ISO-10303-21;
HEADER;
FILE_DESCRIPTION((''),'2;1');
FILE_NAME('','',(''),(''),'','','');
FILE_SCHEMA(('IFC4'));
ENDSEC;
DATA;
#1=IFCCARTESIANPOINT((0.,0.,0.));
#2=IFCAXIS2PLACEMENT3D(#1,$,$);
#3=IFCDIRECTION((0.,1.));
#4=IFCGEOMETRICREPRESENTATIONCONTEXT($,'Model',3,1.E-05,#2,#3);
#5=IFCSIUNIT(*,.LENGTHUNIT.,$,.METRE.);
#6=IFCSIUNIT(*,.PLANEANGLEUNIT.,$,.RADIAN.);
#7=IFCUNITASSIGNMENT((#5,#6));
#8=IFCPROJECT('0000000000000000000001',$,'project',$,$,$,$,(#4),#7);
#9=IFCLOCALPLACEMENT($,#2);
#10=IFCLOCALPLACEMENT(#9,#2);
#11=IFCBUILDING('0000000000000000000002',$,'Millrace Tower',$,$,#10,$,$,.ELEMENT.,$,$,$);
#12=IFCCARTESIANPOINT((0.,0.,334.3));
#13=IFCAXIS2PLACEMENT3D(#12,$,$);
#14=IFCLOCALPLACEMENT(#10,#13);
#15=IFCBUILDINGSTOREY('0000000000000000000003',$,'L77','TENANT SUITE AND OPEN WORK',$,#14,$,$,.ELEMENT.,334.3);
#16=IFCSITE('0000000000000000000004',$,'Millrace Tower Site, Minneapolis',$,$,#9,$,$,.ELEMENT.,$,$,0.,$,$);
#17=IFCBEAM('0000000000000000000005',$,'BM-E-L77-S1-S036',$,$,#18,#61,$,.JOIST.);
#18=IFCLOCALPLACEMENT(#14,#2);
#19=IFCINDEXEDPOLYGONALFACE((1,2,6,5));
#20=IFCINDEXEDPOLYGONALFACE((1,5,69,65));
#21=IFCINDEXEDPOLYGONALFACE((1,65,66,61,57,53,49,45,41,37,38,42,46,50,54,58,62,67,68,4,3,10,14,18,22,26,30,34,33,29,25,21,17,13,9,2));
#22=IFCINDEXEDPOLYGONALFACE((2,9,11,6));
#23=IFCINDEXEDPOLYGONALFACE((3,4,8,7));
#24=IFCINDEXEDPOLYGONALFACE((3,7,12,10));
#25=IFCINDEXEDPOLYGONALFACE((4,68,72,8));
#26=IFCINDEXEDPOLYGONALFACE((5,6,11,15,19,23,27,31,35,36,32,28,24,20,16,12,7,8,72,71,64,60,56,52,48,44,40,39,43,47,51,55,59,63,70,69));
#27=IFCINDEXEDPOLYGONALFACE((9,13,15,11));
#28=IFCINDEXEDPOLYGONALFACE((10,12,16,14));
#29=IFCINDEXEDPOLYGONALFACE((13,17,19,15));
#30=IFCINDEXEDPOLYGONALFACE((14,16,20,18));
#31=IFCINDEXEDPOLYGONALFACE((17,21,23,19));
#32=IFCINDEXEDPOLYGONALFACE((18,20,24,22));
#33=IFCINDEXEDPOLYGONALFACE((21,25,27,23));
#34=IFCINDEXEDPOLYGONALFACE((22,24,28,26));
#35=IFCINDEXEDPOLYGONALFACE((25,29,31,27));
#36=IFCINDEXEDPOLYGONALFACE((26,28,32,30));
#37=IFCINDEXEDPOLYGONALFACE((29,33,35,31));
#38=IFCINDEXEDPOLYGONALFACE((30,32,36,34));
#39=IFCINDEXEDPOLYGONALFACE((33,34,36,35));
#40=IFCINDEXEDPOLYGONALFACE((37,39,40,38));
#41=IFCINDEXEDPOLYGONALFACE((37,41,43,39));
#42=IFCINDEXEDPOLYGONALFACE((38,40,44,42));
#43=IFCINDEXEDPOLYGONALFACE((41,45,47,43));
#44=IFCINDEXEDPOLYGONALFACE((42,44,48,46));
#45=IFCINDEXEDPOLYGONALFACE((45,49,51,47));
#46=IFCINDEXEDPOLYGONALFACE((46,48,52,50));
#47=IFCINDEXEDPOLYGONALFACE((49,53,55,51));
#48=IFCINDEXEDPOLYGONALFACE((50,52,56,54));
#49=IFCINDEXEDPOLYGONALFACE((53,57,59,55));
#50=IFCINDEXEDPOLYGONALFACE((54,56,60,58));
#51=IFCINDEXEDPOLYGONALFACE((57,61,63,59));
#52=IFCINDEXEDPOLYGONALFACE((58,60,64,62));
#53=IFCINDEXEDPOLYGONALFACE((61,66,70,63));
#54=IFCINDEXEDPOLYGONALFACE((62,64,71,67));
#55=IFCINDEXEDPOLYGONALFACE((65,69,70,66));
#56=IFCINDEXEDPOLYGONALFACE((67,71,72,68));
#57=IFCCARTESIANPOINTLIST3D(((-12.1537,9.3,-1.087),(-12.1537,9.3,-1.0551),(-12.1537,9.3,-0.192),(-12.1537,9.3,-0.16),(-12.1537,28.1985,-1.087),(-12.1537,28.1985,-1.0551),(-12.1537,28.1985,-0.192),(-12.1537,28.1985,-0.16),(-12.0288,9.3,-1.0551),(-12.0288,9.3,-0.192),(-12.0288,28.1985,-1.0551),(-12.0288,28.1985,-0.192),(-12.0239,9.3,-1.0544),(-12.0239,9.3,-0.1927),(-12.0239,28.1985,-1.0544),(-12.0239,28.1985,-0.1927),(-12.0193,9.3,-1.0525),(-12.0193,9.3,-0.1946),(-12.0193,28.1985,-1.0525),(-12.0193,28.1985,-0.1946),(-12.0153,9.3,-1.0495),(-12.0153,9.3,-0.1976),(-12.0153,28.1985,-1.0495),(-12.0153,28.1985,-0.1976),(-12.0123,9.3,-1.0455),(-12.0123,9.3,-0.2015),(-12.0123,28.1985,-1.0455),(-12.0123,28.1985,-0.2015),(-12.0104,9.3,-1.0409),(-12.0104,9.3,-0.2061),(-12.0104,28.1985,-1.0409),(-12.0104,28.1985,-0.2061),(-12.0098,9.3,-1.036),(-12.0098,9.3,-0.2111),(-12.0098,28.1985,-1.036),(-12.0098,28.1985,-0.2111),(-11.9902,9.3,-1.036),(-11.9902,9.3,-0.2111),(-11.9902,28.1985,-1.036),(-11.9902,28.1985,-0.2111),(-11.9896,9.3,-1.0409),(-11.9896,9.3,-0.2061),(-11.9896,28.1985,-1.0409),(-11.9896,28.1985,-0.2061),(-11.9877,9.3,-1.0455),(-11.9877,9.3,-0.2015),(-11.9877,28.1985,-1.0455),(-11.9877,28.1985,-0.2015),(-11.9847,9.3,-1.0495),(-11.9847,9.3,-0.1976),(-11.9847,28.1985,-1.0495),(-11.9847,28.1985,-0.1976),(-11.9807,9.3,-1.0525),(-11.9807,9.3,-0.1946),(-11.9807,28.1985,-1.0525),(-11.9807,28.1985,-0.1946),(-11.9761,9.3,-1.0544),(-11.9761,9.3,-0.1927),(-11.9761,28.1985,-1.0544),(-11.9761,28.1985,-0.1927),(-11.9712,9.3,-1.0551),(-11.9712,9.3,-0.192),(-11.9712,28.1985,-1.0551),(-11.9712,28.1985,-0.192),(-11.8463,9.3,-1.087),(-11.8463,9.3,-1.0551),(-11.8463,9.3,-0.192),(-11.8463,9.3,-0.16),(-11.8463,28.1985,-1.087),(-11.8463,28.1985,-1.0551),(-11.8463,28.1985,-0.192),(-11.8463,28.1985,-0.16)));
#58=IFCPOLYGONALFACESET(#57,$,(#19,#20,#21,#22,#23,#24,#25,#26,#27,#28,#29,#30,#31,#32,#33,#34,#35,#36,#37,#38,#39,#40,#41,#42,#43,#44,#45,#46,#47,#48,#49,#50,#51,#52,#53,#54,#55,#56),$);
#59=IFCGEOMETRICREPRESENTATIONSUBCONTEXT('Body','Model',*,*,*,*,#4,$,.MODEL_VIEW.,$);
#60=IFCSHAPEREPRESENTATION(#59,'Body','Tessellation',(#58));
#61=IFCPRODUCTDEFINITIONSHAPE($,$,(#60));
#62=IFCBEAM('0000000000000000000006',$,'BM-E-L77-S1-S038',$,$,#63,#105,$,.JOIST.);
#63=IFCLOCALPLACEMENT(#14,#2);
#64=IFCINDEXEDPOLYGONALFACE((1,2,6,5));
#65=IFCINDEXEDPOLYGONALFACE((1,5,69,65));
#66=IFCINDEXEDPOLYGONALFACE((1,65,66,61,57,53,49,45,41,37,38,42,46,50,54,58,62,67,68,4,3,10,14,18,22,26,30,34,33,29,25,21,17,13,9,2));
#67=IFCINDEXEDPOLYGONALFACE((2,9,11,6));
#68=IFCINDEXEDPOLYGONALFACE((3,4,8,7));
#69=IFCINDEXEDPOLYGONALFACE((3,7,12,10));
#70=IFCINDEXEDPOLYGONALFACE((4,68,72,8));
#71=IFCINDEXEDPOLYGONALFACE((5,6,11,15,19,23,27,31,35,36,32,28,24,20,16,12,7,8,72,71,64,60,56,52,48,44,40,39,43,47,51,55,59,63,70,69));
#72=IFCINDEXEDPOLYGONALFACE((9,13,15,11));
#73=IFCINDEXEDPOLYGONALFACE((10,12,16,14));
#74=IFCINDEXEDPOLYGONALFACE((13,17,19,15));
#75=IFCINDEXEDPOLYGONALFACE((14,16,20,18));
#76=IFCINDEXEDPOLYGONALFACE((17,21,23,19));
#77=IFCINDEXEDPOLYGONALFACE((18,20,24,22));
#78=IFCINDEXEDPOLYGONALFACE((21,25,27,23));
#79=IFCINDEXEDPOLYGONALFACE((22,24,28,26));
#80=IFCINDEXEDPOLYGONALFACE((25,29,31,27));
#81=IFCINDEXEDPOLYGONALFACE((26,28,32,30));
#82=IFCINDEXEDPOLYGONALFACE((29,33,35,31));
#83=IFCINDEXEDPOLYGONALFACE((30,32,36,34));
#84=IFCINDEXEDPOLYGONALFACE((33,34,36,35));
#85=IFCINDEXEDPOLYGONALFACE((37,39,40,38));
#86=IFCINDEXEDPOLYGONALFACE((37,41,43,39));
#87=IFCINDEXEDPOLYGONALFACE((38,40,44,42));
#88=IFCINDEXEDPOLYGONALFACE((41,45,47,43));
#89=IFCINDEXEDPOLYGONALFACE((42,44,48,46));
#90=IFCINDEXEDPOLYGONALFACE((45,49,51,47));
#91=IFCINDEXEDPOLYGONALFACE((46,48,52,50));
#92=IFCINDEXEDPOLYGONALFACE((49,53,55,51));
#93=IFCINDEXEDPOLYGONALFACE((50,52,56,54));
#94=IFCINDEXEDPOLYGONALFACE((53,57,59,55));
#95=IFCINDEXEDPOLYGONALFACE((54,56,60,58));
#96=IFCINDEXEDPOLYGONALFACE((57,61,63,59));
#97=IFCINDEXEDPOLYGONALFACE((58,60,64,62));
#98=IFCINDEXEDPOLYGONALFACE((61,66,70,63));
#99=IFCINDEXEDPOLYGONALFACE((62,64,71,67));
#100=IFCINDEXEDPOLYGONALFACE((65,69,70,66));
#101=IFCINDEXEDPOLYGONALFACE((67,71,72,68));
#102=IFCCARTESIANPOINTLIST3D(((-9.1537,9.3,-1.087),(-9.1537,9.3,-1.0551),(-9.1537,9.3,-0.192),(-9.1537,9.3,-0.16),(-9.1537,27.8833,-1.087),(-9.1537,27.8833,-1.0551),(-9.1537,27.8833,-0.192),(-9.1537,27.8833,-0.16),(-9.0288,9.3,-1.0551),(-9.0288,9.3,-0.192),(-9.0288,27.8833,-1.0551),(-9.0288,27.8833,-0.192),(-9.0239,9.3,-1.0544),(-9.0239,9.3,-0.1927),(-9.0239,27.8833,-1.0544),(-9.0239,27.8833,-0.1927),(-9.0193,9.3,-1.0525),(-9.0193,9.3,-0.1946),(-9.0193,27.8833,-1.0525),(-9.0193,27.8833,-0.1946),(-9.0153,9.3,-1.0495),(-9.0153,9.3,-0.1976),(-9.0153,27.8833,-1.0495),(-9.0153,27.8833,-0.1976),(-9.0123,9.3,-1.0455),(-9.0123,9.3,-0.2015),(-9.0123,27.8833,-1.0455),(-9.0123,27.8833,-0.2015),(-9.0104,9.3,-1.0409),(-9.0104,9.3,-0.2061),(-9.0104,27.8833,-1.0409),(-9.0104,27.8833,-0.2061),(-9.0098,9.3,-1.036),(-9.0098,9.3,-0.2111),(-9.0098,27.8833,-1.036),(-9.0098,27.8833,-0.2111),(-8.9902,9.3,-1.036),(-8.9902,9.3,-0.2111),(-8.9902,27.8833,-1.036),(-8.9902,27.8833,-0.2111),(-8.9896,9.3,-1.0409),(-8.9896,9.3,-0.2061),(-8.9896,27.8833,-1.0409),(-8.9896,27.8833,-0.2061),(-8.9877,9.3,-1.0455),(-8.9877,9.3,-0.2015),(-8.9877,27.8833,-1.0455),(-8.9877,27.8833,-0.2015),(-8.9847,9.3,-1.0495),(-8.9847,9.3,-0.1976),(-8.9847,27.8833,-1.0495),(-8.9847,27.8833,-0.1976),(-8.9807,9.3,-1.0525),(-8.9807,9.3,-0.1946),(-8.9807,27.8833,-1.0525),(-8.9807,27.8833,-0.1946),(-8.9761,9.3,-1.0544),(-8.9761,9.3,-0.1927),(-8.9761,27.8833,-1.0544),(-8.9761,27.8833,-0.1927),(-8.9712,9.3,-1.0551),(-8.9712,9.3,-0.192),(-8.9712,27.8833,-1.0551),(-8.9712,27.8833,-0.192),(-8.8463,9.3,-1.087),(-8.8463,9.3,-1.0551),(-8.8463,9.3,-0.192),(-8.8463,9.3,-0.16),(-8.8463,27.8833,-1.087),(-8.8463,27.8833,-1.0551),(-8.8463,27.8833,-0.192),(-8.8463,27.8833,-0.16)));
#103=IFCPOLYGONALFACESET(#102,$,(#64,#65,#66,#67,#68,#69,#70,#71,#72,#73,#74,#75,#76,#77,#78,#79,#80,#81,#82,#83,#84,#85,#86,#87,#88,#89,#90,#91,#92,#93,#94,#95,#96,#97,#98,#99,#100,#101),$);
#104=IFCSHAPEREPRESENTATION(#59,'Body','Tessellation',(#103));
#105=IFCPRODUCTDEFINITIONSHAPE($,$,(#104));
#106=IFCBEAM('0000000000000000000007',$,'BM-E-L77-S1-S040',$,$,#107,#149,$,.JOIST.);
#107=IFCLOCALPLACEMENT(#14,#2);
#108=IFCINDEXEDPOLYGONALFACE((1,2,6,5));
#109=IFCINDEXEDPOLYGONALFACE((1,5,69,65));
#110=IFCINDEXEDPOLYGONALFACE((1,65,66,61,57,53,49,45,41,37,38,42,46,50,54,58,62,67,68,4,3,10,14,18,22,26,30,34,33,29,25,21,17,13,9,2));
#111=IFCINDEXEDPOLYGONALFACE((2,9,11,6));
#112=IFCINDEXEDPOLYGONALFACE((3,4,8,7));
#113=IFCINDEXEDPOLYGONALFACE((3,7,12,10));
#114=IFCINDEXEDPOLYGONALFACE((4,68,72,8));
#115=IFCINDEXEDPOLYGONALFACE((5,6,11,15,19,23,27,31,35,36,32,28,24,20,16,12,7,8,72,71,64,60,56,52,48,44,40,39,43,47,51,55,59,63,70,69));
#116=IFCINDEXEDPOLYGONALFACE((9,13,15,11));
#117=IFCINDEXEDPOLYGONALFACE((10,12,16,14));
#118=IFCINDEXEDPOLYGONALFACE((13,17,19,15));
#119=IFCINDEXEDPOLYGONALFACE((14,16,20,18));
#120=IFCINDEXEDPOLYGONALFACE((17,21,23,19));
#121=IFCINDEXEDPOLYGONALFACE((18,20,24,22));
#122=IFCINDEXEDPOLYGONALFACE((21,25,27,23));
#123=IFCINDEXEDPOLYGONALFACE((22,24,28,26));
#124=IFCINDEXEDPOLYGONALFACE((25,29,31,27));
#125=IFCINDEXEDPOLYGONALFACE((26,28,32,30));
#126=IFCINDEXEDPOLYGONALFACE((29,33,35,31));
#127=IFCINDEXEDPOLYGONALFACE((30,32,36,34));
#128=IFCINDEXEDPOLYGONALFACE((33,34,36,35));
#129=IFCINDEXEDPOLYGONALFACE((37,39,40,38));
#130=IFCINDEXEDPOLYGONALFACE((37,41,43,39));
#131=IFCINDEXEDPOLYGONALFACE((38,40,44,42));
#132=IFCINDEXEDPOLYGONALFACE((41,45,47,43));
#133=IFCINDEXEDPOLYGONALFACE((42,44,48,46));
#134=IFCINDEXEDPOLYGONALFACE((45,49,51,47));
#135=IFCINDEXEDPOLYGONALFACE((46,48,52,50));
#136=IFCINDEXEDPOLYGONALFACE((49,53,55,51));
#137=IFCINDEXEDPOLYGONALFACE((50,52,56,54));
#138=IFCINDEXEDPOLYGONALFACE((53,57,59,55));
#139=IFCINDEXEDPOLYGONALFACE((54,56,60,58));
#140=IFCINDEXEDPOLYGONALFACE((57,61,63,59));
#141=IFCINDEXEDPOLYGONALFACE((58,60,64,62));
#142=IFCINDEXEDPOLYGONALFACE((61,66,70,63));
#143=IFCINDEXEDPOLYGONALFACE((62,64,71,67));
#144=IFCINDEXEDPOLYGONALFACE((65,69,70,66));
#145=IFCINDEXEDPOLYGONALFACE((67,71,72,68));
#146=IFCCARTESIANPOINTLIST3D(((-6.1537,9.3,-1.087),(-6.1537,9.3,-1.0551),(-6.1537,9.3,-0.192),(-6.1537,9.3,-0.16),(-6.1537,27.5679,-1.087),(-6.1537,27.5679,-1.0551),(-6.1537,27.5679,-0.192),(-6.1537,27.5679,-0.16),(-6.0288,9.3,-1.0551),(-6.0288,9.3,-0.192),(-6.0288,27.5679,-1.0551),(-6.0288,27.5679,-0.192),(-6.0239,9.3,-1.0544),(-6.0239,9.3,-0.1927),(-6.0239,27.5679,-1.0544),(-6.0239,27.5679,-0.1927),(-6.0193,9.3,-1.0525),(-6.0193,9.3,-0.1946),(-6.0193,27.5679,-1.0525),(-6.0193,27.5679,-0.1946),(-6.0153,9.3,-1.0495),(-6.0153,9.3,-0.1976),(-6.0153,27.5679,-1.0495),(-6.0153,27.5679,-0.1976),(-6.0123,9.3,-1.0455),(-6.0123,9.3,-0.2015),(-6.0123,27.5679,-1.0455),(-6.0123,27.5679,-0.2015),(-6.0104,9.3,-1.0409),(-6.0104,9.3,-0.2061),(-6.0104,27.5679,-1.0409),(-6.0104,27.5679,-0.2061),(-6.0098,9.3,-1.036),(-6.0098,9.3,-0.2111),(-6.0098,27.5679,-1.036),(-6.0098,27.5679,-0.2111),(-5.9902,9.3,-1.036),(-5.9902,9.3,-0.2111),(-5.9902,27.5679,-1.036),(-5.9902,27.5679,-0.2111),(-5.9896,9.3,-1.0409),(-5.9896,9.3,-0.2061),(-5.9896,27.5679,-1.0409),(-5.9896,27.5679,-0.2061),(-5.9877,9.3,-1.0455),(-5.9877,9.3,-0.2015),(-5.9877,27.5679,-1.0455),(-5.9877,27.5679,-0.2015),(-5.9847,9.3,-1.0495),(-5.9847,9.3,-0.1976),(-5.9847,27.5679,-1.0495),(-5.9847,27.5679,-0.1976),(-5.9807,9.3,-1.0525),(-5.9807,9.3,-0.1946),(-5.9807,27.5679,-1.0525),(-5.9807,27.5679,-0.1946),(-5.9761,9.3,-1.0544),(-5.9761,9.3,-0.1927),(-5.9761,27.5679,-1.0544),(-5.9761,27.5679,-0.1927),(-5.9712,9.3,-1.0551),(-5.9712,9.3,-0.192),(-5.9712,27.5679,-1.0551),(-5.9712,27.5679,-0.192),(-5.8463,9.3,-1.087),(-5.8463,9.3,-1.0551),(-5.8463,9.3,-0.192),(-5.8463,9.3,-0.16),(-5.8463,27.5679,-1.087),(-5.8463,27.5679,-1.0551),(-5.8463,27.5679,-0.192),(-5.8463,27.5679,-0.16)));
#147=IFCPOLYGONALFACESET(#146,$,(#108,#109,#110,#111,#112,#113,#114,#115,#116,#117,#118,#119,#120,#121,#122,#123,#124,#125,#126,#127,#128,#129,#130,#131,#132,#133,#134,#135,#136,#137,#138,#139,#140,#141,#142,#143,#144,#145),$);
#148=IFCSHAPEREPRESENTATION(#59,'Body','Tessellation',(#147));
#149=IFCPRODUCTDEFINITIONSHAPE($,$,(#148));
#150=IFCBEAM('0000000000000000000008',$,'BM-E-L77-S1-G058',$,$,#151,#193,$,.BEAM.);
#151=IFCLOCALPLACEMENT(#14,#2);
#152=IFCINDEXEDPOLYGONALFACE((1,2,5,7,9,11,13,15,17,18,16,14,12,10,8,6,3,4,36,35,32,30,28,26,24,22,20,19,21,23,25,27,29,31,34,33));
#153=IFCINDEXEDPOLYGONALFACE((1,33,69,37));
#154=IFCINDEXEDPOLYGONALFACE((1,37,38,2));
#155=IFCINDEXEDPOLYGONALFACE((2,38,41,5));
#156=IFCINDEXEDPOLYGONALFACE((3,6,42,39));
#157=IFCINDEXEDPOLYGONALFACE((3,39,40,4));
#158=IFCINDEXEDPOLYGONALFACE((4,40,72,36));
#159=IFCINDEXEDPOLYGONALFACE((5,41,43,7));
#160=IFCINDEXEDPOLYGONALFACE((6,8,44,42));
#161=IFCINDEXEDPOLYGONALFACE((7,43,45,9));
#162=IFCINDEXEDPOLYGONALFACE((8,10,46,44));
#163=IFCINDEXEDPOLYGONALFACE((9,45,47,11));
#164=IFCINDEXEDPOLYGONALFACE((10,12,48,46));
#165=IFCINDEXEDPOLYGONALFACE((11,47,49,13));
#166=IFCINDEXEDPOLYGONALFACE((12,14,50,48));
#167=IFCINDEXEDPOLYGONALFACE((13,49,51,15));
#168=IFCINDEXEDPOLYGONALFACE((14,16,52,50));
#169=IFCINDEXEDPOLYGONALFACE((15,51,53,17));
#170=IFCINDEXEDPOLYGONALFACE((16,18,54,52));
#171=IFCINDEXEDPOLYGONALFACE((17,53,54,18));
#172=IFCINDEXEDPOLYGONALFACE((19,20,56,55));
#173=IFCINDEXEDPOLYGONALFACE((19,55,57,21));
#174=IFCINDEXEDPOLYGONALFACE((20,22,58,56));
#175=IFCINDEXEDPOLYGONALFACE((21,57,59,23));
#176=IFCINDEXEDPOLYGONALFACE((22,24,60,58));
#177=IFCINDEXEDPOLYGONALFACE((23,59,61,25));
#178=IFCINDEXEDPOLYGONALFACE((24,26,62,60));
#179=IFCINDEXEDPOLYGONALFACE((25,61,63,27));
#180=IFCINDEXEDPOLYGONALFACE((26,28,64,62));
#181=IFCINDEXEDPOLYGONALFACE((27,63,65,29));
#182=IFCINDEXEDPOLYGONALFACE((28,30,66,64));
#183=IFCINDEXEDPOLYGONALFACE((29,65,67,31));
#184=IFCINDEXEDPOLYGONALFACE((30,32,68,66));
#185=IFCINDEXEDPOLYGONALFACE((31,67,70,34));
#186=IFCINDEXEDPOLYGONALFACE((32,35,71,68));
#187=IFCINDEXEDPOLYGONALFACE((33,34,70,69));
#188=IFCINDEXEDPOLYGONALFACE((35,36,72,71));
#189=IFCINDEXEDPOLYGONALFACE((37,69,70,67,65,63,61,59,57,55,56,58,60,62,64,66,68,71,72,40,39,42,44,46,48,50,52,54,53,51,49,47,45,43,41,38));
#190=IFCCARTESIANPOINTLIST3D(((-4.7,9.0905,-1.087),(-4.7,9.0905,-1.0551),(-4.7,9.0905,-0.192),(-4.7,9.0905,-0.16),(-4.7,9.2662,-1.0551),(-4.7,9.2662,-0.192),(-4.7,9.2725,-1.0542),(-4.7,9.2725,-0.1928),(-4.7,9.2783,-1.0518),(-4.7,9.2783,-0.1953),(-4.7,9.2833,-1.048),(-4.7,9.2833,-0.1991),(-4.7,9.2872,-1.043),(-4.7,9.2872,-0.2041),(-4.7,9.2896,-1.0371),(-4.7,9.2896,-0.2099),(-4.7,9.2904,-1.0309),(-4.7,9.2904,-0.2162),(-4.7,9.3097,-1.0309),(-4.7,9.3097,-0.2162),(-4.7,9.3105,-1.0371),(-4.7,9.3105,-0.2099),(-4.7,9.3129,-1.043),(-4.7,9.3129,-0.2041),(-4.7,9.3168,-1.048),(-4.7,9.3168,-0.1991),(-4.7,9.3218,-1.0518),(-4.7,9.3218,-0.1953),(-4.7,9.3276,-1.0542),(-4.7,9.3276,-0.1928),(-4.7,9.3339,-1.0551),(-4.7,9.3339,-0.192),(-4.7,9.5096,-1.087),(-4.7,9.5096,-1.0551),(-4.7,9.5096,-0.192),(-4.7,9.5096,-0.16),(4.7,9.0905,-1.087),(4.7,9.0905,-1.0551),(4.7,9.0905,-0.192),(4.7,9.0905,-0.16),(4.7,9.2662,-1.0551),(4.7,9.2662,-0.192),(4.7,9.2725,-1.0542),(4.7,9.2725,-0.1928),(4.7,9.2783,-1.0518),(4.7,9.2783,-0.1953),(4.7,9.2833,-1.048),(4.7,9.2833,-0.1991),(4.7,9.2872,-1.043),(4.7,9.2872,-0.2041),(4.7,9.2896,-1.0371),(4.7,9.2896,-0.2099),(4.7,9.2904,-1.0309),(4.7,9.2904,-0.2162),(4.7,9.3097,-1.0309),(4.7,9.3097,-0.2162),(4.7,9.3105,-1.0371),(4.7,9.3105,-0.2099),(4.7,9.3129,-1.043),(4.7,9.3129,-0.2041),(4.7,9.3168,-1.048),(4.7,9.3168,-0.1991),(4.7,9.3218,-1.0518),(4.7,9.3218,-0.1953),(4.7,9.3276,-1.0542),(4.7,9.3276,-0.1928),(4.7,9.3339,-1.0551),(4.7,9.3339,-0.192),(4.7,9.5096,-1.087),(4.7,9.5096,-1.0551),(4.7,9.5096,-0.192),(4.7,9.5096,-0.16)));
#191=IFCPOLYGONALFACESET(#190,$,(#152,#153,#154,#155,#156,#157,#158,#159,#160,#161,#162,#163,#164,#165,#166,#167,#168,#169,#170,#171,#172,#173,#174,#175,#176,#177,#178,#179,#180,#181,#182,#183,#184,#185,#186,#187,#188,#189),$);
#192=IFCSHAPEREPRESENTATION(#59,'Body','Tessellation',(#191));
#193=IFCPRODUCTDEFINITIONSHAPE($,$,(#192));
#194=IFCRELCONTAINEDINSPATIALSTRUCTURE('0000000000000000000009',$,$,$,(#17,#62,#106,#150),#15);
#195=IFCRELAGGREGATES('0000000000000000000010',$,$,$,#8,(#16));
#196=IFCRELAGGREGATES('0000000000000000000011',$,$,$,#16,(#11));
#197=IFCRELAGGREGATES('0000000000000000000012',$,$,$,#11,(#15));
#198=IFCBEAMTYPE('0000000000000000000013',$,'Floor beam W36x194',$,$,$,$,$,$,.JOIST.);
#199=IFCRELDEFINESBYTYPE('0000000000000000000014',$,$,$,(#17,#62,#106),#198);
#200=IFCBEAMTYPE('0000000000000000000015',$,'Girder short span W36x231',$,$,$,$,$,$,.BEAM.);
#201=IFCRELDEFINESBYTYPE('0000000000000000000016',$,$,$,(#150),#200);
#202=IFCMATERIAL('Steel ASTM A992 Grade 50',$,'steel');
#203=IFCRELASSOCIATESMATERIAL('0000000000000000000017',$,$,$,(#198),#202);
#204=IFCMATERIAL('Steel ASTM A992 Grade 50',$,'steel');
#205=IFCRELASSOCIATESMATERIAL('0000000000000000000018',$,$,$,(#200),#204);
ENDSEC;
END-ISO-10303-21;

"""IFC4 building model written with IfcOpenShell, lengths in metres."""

from ifc_helpers import new_model, si_unit, direction, frame, origin, origin_2d, place, context, subcontext, project, spatial, i_section, extrude, material, material_profile, profile_set, type_object, element, save


model = new_model("IFC4")

# Units and contexts
model_context = context("Model", 3, precision=1e-05, world=origin(), true_north=direction((0.0, 1.0)))
body_context = subcontext(model_context, "Body", "Model", "MODEL_VIEW")
ifc_project = project(units=[si_unit("LENGTHUNIT", "METRE"), si_unit("PLANEANGLEUNIT", "RADIAN")], contexts=[model_context])

# Site, building, storey
site_placement = place(None, origin())
site = spatial("IfcSite", under=ifc_project, at=site_placement, Name="Millrace Tower Site, Minneapolis", CompositionType="ELEMENT", RefElevation=0.0)
building_placement = place(site_placement, origin())
building = spatial("IfcBuilding", under=site, at=building_placement, Name="Millrace Tower", CompositionType="ELEMENT")
storey_placement = place(building_placement, frame((0.0, 0.0, 334.3)))
storey = spatial("IfcBuildingStorey", under=building, at=storey_placement, Name="L77", Description="TENANT SUITE AND OPEN WORK", CompositionType="ELEMENT", Elevation=334.3)

# Beams
ifc_material_1 = material(Name="Steel ASTM A992 Grade 50", Category="steel")
ifc_material_profile_1 = material_profile(ifc_material_1, i_section(OverallWidth=0.3074, OverallDepth=0.927, WebThickness=0.0195, FlangeThickness=0.032, FilletRadius=0.019, at=origin_2d()))
ifc_profile_set_1 = profile_set([ifc_material_profile_1], Name="Steel ASTM A992 Grade 50")
beam_type_1 = type_object("IfcBeamType", Name="Floor beam W36x194", PredefinedType="JOIST", material=ifc_profile_set_1)
beam_1_placement = place(storey_placement, frame((-12.0, 9.3, -0.6235), z_axis=(0.0, 1.0, 0.0), x_axis=(-1.0, 0.0, 0.0)))
element("IfcBeam", 1, at=beam_1_placement, inside=storey, type_object=beam_type_1, Name="BM-E-L77-S1-S036", PredefinedType="JOIST", context=body_context, shape_type="SweptSolid", body=[
    extrude(i_section(OverallWidth=0.3074, OverallDepth=0.927, WebThickness=0.0195, FlangeThickness=0.032, FilletRadius=0.019, at=origin_2d()), origin(), (0.0, 0.0, 1.0), 18.8984),
])
beam_2_placement = place(storey_placement, frame((-9.0, 9.3, -0.6235), z_axis=(0.0, 1.0, 0.0), x_axis=(-1.0, 0.0, 0.0)))
element("IfcBeam", 2, at=beam_2_placement, inside=storey, type_object=beam_type_1, Name="BM-E-L77-S1-S038", PredefinedType="JOIST", context=body_context, shape_type="SweptSolid", body=[
    extrude(i_section(OverallWidth=0.3074, OverallDepth=0.927, WebThickness=0.0195, FlangeThickness=0.032, FilletRadius=0.019, at=origin_2d()), origin(), (0.0, 0.0, 1.0), 18.5833),
])
beam_3_placement = place(storey_placement, frame((-6.0, 9.3, -0.6235), z_axis=(0.0, 1.0, 0.0), x_axis=(-1.0, 0.0, 0.0)))
element("IfcBeam", 3, at=beam_3_placement, inside=storey, type_object=beam_type_1, Name="BM-E-L77-S1-S040", PredefinedType="JOIST", context=body_context, shape_type="SweptSolid", body=[
    extrude(i_section(OverallWidth=0.3074, OverallDepth=0.927, WebThickness=0.0195, FlangeThickness=0.032, FilletRadius=0.019, at=origin_2d()), origin(), (0.0, 0.0, 1.0), 18.2678),
])
ifc_material_2 = material(Name="Steel ASTM A992 Grade 50", Category="steel")
ifc_material_profile_2 = material_profile(ifc_material_2, i_section(OverallWidth=0.4192, OverallDepth=0.927, WebThickness=0.0193, FlangeThickness=0.032, FilletRadius=0.0242, at=origin_2d()))
ifc_profile_set_2 = profile_set([ifc_material_profile_2], Name="Steel ASTM A992 Grade 50")
beam_type_2 = type_object("IfcBeamType", Name="Girder short span W36x231", PredefinedType="BEAM", material=ifc_profile_set_2)
beam_4_placement = place(storey_placement, frame((-4.7, 9.3, -0.6235), z_axis=(1.0, 0.0, 0.0), x_axis=(0.0, 1.0, 0.0)))
element("IfcBeam", 4, at=beam_4_placement, inside=storey, type_object=beam_type_2, Name="BM-E-L77-S1-G058", PredefinedType="BEAM", context=body_context, shape_type="SweptSolid", body=[
    extrude(i_section(OverallWidth=0.4192, OverallDepth=0.927, WebThickness=0.0193, FlangeThickness=0.032, FilletRadius=0.0242, at=origin_2d()), origin(), (0.0, 0.0, 1.0), 9.3999),
])

save(model, "model.ifc")
